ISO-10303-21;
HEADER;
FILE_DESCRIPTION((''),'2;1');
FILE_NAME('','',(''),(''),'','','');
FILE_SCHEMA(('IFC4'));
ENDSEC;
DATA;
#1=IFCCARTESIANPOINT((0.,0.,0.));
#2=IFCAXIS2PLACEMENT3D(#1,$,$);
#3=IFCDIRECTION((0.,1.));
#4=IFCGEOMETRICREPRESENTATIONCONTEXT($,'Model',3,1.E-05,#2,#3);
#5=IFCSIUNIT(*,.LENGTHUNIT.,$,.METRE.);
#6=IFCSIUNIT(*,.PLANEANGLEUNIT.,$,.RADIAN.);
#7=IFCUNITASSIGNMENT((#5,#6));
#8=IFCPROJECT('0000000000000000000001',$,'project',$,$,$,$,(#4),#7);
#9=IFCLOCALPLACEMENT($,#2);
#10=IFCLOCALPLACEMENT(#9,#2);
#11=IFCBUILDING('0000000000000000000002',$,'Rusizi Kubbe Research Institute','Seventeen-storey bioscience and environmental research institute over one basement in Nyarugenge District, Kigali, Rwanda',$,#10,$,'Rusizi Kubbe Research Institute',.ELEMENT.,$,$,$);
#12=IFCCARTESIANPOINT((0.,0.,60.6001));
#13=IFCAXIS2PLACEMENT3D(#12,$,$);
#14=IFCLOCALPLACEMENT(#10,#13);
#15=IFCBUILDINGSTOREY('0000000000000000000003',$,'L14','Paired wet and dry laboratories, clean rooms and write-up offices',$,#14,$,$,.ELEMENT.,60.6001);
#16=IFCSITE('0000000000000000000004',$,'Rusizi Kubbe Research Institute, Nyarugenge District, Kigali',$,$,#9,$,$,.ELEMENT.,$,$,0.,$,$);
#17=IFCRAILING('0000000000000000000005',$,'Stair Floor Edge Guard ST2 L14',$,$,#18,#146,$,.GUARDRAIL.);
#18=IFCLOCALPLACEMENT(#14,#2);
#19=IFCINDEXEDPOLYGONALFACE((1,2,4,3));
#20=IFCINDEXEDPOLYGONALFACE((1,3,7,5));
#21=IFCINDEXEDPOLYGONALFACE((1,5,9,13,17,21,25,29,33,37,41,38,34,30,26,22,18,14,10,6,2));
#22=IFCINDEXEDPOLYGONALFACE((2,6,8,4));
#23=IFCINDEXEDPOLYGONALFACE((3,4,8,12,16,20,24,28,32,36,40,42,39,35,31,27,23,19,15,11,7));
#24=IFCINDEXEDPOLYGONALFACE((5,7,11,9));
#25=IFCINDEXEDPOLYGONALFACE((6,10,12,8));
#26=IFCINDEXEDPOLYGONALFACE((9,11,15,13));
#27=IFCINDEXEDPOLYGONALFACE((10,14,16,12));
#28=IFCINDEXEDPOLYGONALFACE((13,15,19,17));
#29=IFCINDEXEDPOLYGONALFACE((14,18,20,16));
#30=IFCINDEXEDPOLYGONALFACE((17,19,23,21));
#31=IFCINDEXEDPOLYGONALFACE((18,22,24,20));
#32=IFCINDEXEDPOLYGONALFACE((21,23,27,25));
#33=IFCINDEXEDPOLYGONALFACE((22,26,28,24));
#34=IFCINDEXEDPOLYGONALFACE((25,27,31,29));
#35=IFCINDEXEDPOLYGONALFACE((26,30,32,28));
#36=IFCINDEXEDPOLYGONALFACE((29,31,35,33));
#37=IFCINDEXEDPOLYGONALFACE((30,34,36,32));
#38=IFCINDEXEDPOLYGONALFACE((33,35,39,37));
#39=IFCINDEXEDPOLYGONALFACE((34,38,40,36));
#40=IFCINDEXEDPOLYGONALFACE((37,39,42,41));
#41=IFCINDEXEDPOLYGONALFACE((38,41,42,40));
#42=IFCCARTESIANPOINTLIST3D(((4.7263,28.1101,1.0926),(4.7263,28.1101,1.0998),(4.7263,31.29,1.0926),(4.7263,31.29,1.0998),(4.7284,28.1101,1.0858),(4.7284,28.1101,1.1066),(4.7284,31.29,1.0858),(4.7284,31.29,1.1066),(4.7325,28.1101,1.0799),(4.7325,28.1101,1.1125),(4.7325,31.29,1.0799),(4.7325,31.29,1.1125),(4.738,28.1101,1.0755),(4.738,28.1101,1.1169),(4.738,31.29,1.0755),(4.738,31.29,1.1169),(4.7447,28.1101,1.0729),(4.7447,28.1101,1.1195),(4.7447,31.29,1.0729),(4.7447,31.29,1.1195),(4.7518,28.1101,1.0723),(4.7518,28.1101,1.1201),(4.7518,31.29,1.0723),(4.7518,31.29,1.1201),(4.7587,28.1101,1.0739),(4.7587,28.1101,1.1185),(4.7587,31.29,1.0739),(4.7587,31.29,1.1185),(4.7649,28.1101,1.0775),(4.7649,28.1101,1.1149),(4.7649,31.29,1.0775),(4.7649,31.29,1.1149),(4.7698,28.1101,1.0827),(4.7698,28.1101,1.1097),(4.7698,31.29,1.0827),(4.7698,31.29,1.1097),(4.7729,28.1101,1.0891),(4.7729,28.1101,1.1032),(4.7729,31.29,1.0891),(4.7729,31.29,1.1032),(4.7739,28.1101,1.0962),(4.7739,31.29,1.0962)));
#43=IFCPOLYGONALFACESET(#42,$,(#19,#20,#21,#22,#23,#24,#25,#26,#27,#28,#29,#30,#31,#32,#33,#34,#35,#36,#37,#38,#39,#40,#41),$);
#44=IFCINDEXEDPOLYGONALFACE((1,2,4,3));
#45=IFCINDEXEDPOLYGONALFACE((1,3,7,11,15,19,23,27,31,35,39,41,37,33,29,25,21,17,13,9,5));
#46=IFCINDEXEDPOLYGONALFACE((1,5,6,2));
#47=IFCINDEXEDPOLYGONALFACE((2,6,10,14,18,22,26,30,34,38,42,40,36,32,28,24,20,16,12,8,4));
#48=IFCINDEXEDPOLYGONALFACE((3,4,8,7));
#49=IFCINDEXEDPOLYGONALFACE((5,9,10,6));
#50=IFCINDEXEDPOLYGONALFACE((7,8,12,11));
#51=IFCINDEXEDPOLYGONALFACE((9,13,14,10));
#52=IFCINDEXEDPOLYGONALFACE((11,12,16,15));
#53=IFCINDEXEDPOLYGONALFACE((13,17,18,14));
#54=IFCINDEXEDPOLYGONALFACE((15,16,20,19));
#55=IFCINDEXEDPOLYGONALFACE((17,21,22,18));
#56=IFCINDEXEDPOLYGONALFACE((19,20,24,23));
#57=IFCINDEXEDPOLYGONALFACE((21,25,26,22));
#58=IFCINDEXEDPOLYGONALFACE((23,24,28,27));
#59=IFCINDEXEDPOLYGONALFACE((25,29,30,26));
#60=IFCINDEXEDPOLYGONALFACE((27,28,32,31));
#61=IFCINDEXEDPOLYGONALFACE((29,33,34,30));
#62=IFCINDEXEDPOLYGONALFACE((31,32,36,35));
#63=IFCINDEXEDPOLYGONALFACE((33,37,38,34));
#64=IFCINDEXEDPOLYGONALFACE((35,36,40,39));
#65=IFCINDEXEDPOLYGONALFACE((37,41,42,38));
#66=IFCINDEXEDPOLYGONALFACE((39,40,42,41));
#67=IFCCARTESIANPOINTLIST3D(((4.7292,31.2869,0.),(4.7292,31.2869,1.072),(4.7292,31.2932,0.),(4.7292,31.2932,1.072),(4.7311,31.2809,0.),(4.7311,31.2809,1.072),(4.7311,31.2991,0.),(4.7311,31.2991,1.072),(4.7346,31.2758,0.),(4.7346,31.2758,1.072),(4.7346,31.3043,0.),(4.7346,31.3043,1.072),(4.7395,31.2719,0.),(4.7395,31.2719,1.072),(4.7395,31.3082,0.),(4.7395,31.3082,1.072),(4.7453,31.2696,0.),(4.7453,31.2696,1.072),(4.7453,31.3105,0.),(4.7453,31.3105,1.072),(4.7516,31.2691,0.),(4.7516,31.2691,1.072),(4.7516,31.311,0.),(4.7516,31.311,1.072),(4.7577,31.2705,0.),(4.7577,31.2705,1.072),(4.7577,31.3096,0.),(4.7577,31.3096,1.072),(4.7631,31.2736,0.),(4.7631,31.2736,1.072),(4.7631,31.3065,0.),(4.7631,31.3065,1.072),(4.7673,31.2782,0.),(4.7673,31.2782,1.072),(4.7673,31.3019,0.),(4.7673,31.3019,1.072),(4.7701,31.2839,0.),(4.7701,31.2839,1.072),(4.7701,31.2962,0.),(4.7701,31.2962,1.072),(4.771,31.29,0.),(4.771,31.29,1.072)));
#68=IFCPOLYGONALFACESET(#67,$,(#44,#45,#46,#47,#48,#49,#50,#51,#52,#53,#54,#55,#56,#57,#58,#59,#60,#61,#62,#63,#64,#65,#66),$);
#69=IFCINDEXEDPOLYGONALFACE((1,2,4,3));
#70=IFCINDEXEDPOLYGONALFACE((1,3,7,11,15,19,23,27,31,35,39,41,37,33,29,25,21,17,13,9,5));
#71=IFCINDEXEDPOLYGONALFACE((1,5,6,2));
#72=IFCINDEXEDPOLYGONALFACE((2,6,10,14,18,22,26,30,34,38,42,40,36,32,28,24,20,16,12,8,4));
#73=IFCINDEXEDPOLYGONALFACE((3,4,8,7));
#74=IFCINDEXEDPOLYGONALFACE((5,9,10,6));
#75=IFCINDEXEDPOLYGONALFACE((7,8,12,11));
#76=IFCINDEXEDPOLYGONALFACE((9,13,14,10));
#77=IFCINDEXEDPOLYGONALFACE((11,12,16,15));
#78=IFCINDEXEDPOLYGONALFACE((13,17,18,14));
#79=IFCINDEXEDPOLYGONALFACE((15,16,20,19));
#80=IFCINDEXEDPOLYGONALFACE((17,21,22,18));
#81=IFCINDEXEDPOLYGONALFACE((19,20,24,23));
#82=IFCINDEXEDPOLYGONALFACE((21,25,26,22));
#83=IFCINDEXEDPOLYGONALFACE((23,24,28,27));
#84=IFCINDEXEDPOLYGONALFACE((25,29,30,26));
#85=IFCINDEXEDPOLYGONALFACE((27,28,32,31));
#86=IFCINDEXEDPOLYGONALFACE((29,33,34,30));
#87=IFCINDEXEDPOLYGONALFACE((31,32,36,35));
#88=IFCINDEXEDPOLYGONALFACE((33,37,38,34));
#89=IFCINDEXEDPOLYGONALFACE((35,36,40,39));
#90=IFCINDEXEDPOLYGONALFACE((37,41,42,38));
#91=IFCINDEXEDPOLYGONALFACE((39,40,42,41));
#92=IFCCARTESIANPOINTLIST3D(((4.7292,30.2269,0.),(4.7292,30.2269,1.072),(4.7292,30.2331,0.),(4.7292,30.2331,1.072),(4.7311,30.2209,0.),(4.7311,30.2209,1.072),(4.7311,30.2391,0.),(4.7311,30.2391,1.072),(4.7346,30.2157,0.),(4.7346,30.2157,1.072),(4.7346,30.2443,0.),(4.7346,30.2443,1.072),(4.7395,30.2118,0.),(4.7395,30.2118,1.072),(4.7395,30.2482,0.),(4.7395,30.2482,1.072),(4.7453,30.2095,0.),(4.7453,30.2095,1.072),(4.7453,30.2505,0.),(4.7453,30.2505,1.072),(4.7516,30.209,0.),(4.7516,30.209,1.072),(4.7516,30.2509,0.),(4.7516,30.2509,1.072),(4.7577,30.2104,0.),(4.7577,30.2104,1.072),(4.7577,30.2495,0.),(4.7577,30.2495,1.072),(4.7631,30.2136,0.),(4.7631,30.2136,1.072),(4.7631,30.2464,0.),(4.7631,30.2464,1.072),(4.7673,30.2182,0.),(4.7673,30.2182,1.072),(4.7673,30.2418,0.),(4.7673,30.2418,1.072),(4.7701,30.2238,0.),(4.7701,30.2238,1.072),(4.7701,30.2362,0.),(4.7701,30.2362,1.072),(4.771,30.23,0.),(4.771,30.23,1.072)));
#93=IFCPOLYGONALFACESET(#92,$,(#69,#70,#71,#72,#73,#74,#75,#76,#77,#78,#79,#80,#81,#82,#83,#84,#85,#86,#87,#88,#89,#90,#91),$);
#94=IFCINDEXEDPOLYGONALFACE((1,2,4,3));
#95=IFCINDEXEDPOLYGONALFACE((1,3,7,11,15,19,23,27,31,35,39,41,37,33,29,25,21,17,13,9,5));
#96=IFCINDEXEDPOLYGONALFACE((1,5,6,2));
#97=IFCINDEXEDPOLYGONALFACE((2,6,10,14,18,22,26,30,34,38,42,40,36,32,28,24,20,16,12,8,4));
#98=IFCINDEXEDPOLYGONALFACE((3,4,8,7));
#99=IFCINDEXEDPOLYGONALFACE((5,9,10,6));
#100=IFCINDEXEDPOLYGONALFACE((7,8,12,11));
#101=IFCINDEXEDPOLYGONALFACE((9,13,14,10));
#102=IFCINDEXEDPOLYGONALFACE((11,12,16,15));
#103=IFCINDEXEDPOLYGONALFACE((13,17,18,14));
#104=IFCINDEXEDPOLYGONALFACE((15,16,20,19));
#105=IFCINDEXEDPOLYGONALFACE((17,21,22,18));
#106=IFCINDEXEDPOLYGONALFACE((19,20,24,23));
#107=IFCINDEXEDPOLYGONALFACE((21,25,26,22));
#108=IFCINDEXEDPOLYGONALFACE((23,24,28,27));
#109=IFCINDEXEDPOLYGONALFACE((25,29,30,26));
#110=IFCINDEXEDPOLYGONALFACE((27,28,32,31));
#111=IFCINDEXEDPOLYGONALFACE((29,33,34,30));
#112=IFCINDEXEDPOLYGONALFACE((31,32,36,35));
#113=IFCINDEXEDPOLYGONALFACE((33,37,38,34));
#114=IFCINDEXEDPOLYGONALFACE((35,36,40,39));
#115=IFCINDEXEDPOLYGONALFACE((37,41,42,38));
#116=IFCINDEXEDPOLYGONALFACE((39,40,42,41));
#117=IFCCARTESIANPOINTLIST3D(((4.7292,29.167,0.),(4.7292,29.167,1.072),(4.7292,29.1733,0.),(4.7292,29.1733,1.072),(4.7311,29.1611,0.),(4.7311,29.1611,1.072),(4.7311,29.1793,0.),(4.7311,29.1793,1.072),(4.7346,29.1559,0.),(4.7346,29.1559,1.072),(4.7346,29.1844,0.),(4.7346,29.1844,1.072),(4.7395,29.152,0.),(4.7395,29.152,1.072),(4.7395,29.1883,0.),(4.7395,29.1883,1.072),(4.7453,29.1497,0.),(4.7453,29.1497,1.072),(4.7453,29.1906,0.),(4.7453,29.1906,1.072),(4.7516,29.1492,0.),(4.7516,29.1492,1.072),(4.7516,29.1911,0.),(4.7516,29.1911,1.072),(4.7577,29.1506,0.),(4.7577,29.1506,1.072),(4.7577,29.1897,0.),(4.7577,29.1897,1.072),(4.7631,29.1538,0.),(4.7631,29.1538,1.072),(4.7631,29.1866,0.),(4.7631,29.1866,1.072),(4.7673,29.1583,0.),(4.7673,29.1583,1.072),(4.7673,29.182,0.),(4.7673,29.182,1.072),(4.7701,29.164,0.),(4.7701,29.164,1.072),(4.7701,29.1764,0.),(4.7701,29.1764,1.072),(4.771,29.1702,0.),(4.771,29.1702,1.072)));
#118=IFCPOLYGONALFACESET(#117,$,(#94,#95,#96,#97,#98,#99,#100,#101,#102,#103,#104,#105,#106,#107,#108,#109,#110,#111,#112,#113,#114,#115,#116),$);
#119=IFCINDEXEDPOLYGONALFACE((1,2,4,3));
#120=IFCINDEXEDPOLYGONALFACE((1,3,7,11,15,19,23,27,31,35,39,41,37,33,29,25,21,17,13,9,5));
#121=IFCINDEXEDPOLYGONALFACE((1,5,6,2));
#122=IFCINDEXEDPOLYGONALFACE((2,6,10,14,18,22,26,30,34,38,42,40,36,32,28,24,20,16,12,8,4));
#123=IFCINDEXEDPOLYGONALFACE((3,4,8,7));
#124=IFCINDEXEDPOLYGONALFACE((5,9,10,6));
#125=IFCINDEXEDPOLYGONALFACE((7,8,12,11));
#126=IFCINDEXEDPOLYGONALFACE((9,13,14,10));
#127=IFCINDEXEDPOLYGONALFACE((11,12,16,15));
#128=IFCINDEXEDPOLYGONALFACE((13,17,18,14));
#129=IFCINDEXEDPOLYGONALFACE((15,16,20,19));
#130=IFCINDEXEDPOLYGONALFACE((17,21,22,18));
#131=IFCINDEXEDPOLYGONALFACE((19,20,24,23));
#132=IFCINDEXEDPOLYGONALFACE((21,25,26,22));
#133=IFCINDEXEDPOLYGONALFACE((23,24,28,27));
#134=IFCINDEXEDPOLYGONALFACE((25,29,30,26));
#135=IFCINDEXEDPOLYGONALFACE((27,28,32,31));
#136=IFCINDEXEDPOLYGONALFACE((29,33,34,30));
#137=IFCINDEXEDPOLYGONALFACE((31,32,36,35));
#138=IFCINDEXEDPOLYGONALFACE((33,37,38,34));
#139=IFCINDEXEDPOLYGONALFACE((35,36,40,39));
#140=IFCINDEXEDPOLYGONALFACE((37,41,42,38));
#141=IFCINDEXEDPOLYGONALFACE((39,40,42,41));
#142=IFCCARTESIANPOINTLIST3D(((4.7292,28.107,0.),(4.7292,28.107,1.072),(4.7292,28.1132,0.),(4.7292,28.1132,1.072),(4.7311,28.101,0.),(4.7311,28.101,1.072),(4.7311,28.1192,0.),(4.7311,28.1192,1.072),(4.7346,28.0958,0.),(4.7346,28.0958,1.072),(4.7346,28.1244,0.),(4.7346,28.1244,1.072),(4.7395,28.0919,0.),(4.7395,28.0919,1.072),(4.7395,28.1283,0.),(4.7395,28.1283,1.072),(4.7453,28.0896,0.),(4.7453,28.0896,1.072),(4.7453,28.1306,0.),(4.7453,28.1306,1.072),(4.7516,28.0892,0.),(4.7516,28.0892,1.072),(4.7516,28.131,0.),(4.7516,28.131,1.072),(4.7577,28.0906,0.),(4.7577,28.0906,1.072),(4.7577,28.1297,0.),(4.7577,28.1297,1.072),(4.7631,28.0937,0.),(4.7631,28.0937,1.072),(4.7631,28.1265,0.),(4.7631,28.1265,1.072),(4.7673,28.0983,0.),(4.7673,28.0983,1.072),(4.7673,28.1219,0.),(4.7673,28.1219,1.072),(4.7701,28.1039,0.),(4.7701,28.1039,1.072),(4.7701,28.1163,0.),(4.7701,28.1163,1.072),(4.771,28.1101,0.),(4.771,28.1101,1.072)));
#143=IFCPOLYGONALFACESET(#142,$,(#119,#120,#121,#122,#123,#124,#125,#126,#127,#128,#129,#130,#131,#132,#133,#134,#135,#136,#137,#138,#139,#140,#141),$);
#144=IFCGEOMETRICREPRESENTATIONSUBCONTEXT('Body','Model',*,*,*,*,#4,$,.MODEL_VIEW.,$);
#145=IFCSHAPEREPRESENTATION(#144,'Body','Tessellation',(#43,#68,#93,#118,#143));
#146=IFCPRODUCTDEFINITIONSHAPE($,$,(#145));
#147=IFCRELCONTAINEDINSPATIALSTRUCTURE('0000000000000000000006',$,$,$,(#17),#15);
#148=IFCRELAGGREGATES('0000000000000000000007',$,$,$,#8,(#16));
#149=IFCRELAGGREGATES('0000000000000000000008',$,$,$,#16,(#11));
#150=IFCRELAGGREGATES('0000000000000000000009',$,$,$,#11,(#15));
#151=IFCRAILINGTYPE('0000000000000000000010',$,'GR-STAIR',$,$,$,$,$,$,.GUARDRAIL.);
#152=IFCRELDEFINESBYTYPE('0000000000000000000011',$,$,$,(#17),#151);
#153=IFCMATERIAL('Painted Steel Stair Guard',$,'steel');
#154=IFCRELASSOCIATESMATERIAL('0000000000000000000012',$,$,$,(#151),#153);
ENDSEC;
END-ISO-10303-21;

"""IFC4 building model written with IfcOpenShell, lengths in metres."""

from ifc_helpers import new_model, si_unit, direction, frame, origin, origin_2d, place, context, subcontext, project, spatial, circle, extrude, material, type_object, element, save


model = new_model("IFC4")

# Units and contexts
model_context = context("Model", 3, precision=1e-05, world=origin(), true_north=direction((0.0, 1.0)))
body_context = subcontext(model_context, "Body", "Model", "MODEL_VIEW")
ifc_project = project(units=[si_unit("LENGTHUNIT", "METRE"), si_unit("PLANEANGLEUNIT", "RADIAN")], contexts=[model_context])

# Site, building, storey
site_placement = place(None, origin())
site = spatial("IfcSite", under=ifc_project, at=site_placement, Name="Rusizi Kubbe Research Institute, Nyarugenge District, Kigali", CompositionType="ELEMENT", RefElevation=0.0)
building_placement = place(site_placement, origin())
building = spatial("IfcBuilding", under=site, at=building_placement, Name="Rusizi Kubbe Research Institute", Description="Seventeen-storey bioscience and environmental research institute over one basement in Nyarugenge District, Kigali, Rwanda", LongName="Rusizi Kubbe Research Institute", CompositionType="ELEMENT")
storey_placement = place(building_placement, frame((0.0, 0.0, 60.6001)))
storey = spatial("IfcBuildingStorey", under=building, at=storey_placement, Name="L14", Description="Paired wet and dry laboratories, clean rooms and write-up offices", CompositionType="ELEMENT", Elevation=60.6001)

# Railing
ifc_material_1 = material(Name="Painted Steel Stair Guard", Category="steel")
railing_type_1 = type_object("IfcRailingType", Name="GR-STAIR", PredefinedType="GUARDRAIL", material=ifc_material_1)
railing_1_placement = place(storey_placement, frame((4.75, 31.29, 0.0)))
element("IfcRailing", 1, at=railing_1_placement, inside=storey, type_object=railing_type_1, Name="Stair Floor Edge Guard ST2 L14", PredefinedType="GUARDRAIL", context=body_context, shape_type="SweptSolid", body=[
    extrude(circle(Radius=0.0239, at=origin_2d()), frame((0.0, 0.0, 1.0962), z_axis=(0.0, -1.0, 0.0), x_axis=(1.0, 0.0, 0.0)), (0.0, 0.0, 1.0), 3.1799),
    extrude(circle(Radius=0.021, at=origin_2d()), origin(), (0.0, 0.0, 1.0), 1.072),
    extrude(circle(Radius=0.021, at=origin_2d()), frame((0.0, -1.0601, 0.0)), (0.0, 0.0, 1.0), 1.072),
    extrude(circle(Radius=0.021, at=origin_2d()), frame((0.0, -2.1199, 0.0)), (0.0, 0.0, 1.0), 1.072),
    extrude(circle(Radius=0.021, at=origin_2d()), frame((0.0, -3.1799, 0.0)), (0.0, 0.0, 1.0), 1.072),
])

save(model, "model.ifc")
